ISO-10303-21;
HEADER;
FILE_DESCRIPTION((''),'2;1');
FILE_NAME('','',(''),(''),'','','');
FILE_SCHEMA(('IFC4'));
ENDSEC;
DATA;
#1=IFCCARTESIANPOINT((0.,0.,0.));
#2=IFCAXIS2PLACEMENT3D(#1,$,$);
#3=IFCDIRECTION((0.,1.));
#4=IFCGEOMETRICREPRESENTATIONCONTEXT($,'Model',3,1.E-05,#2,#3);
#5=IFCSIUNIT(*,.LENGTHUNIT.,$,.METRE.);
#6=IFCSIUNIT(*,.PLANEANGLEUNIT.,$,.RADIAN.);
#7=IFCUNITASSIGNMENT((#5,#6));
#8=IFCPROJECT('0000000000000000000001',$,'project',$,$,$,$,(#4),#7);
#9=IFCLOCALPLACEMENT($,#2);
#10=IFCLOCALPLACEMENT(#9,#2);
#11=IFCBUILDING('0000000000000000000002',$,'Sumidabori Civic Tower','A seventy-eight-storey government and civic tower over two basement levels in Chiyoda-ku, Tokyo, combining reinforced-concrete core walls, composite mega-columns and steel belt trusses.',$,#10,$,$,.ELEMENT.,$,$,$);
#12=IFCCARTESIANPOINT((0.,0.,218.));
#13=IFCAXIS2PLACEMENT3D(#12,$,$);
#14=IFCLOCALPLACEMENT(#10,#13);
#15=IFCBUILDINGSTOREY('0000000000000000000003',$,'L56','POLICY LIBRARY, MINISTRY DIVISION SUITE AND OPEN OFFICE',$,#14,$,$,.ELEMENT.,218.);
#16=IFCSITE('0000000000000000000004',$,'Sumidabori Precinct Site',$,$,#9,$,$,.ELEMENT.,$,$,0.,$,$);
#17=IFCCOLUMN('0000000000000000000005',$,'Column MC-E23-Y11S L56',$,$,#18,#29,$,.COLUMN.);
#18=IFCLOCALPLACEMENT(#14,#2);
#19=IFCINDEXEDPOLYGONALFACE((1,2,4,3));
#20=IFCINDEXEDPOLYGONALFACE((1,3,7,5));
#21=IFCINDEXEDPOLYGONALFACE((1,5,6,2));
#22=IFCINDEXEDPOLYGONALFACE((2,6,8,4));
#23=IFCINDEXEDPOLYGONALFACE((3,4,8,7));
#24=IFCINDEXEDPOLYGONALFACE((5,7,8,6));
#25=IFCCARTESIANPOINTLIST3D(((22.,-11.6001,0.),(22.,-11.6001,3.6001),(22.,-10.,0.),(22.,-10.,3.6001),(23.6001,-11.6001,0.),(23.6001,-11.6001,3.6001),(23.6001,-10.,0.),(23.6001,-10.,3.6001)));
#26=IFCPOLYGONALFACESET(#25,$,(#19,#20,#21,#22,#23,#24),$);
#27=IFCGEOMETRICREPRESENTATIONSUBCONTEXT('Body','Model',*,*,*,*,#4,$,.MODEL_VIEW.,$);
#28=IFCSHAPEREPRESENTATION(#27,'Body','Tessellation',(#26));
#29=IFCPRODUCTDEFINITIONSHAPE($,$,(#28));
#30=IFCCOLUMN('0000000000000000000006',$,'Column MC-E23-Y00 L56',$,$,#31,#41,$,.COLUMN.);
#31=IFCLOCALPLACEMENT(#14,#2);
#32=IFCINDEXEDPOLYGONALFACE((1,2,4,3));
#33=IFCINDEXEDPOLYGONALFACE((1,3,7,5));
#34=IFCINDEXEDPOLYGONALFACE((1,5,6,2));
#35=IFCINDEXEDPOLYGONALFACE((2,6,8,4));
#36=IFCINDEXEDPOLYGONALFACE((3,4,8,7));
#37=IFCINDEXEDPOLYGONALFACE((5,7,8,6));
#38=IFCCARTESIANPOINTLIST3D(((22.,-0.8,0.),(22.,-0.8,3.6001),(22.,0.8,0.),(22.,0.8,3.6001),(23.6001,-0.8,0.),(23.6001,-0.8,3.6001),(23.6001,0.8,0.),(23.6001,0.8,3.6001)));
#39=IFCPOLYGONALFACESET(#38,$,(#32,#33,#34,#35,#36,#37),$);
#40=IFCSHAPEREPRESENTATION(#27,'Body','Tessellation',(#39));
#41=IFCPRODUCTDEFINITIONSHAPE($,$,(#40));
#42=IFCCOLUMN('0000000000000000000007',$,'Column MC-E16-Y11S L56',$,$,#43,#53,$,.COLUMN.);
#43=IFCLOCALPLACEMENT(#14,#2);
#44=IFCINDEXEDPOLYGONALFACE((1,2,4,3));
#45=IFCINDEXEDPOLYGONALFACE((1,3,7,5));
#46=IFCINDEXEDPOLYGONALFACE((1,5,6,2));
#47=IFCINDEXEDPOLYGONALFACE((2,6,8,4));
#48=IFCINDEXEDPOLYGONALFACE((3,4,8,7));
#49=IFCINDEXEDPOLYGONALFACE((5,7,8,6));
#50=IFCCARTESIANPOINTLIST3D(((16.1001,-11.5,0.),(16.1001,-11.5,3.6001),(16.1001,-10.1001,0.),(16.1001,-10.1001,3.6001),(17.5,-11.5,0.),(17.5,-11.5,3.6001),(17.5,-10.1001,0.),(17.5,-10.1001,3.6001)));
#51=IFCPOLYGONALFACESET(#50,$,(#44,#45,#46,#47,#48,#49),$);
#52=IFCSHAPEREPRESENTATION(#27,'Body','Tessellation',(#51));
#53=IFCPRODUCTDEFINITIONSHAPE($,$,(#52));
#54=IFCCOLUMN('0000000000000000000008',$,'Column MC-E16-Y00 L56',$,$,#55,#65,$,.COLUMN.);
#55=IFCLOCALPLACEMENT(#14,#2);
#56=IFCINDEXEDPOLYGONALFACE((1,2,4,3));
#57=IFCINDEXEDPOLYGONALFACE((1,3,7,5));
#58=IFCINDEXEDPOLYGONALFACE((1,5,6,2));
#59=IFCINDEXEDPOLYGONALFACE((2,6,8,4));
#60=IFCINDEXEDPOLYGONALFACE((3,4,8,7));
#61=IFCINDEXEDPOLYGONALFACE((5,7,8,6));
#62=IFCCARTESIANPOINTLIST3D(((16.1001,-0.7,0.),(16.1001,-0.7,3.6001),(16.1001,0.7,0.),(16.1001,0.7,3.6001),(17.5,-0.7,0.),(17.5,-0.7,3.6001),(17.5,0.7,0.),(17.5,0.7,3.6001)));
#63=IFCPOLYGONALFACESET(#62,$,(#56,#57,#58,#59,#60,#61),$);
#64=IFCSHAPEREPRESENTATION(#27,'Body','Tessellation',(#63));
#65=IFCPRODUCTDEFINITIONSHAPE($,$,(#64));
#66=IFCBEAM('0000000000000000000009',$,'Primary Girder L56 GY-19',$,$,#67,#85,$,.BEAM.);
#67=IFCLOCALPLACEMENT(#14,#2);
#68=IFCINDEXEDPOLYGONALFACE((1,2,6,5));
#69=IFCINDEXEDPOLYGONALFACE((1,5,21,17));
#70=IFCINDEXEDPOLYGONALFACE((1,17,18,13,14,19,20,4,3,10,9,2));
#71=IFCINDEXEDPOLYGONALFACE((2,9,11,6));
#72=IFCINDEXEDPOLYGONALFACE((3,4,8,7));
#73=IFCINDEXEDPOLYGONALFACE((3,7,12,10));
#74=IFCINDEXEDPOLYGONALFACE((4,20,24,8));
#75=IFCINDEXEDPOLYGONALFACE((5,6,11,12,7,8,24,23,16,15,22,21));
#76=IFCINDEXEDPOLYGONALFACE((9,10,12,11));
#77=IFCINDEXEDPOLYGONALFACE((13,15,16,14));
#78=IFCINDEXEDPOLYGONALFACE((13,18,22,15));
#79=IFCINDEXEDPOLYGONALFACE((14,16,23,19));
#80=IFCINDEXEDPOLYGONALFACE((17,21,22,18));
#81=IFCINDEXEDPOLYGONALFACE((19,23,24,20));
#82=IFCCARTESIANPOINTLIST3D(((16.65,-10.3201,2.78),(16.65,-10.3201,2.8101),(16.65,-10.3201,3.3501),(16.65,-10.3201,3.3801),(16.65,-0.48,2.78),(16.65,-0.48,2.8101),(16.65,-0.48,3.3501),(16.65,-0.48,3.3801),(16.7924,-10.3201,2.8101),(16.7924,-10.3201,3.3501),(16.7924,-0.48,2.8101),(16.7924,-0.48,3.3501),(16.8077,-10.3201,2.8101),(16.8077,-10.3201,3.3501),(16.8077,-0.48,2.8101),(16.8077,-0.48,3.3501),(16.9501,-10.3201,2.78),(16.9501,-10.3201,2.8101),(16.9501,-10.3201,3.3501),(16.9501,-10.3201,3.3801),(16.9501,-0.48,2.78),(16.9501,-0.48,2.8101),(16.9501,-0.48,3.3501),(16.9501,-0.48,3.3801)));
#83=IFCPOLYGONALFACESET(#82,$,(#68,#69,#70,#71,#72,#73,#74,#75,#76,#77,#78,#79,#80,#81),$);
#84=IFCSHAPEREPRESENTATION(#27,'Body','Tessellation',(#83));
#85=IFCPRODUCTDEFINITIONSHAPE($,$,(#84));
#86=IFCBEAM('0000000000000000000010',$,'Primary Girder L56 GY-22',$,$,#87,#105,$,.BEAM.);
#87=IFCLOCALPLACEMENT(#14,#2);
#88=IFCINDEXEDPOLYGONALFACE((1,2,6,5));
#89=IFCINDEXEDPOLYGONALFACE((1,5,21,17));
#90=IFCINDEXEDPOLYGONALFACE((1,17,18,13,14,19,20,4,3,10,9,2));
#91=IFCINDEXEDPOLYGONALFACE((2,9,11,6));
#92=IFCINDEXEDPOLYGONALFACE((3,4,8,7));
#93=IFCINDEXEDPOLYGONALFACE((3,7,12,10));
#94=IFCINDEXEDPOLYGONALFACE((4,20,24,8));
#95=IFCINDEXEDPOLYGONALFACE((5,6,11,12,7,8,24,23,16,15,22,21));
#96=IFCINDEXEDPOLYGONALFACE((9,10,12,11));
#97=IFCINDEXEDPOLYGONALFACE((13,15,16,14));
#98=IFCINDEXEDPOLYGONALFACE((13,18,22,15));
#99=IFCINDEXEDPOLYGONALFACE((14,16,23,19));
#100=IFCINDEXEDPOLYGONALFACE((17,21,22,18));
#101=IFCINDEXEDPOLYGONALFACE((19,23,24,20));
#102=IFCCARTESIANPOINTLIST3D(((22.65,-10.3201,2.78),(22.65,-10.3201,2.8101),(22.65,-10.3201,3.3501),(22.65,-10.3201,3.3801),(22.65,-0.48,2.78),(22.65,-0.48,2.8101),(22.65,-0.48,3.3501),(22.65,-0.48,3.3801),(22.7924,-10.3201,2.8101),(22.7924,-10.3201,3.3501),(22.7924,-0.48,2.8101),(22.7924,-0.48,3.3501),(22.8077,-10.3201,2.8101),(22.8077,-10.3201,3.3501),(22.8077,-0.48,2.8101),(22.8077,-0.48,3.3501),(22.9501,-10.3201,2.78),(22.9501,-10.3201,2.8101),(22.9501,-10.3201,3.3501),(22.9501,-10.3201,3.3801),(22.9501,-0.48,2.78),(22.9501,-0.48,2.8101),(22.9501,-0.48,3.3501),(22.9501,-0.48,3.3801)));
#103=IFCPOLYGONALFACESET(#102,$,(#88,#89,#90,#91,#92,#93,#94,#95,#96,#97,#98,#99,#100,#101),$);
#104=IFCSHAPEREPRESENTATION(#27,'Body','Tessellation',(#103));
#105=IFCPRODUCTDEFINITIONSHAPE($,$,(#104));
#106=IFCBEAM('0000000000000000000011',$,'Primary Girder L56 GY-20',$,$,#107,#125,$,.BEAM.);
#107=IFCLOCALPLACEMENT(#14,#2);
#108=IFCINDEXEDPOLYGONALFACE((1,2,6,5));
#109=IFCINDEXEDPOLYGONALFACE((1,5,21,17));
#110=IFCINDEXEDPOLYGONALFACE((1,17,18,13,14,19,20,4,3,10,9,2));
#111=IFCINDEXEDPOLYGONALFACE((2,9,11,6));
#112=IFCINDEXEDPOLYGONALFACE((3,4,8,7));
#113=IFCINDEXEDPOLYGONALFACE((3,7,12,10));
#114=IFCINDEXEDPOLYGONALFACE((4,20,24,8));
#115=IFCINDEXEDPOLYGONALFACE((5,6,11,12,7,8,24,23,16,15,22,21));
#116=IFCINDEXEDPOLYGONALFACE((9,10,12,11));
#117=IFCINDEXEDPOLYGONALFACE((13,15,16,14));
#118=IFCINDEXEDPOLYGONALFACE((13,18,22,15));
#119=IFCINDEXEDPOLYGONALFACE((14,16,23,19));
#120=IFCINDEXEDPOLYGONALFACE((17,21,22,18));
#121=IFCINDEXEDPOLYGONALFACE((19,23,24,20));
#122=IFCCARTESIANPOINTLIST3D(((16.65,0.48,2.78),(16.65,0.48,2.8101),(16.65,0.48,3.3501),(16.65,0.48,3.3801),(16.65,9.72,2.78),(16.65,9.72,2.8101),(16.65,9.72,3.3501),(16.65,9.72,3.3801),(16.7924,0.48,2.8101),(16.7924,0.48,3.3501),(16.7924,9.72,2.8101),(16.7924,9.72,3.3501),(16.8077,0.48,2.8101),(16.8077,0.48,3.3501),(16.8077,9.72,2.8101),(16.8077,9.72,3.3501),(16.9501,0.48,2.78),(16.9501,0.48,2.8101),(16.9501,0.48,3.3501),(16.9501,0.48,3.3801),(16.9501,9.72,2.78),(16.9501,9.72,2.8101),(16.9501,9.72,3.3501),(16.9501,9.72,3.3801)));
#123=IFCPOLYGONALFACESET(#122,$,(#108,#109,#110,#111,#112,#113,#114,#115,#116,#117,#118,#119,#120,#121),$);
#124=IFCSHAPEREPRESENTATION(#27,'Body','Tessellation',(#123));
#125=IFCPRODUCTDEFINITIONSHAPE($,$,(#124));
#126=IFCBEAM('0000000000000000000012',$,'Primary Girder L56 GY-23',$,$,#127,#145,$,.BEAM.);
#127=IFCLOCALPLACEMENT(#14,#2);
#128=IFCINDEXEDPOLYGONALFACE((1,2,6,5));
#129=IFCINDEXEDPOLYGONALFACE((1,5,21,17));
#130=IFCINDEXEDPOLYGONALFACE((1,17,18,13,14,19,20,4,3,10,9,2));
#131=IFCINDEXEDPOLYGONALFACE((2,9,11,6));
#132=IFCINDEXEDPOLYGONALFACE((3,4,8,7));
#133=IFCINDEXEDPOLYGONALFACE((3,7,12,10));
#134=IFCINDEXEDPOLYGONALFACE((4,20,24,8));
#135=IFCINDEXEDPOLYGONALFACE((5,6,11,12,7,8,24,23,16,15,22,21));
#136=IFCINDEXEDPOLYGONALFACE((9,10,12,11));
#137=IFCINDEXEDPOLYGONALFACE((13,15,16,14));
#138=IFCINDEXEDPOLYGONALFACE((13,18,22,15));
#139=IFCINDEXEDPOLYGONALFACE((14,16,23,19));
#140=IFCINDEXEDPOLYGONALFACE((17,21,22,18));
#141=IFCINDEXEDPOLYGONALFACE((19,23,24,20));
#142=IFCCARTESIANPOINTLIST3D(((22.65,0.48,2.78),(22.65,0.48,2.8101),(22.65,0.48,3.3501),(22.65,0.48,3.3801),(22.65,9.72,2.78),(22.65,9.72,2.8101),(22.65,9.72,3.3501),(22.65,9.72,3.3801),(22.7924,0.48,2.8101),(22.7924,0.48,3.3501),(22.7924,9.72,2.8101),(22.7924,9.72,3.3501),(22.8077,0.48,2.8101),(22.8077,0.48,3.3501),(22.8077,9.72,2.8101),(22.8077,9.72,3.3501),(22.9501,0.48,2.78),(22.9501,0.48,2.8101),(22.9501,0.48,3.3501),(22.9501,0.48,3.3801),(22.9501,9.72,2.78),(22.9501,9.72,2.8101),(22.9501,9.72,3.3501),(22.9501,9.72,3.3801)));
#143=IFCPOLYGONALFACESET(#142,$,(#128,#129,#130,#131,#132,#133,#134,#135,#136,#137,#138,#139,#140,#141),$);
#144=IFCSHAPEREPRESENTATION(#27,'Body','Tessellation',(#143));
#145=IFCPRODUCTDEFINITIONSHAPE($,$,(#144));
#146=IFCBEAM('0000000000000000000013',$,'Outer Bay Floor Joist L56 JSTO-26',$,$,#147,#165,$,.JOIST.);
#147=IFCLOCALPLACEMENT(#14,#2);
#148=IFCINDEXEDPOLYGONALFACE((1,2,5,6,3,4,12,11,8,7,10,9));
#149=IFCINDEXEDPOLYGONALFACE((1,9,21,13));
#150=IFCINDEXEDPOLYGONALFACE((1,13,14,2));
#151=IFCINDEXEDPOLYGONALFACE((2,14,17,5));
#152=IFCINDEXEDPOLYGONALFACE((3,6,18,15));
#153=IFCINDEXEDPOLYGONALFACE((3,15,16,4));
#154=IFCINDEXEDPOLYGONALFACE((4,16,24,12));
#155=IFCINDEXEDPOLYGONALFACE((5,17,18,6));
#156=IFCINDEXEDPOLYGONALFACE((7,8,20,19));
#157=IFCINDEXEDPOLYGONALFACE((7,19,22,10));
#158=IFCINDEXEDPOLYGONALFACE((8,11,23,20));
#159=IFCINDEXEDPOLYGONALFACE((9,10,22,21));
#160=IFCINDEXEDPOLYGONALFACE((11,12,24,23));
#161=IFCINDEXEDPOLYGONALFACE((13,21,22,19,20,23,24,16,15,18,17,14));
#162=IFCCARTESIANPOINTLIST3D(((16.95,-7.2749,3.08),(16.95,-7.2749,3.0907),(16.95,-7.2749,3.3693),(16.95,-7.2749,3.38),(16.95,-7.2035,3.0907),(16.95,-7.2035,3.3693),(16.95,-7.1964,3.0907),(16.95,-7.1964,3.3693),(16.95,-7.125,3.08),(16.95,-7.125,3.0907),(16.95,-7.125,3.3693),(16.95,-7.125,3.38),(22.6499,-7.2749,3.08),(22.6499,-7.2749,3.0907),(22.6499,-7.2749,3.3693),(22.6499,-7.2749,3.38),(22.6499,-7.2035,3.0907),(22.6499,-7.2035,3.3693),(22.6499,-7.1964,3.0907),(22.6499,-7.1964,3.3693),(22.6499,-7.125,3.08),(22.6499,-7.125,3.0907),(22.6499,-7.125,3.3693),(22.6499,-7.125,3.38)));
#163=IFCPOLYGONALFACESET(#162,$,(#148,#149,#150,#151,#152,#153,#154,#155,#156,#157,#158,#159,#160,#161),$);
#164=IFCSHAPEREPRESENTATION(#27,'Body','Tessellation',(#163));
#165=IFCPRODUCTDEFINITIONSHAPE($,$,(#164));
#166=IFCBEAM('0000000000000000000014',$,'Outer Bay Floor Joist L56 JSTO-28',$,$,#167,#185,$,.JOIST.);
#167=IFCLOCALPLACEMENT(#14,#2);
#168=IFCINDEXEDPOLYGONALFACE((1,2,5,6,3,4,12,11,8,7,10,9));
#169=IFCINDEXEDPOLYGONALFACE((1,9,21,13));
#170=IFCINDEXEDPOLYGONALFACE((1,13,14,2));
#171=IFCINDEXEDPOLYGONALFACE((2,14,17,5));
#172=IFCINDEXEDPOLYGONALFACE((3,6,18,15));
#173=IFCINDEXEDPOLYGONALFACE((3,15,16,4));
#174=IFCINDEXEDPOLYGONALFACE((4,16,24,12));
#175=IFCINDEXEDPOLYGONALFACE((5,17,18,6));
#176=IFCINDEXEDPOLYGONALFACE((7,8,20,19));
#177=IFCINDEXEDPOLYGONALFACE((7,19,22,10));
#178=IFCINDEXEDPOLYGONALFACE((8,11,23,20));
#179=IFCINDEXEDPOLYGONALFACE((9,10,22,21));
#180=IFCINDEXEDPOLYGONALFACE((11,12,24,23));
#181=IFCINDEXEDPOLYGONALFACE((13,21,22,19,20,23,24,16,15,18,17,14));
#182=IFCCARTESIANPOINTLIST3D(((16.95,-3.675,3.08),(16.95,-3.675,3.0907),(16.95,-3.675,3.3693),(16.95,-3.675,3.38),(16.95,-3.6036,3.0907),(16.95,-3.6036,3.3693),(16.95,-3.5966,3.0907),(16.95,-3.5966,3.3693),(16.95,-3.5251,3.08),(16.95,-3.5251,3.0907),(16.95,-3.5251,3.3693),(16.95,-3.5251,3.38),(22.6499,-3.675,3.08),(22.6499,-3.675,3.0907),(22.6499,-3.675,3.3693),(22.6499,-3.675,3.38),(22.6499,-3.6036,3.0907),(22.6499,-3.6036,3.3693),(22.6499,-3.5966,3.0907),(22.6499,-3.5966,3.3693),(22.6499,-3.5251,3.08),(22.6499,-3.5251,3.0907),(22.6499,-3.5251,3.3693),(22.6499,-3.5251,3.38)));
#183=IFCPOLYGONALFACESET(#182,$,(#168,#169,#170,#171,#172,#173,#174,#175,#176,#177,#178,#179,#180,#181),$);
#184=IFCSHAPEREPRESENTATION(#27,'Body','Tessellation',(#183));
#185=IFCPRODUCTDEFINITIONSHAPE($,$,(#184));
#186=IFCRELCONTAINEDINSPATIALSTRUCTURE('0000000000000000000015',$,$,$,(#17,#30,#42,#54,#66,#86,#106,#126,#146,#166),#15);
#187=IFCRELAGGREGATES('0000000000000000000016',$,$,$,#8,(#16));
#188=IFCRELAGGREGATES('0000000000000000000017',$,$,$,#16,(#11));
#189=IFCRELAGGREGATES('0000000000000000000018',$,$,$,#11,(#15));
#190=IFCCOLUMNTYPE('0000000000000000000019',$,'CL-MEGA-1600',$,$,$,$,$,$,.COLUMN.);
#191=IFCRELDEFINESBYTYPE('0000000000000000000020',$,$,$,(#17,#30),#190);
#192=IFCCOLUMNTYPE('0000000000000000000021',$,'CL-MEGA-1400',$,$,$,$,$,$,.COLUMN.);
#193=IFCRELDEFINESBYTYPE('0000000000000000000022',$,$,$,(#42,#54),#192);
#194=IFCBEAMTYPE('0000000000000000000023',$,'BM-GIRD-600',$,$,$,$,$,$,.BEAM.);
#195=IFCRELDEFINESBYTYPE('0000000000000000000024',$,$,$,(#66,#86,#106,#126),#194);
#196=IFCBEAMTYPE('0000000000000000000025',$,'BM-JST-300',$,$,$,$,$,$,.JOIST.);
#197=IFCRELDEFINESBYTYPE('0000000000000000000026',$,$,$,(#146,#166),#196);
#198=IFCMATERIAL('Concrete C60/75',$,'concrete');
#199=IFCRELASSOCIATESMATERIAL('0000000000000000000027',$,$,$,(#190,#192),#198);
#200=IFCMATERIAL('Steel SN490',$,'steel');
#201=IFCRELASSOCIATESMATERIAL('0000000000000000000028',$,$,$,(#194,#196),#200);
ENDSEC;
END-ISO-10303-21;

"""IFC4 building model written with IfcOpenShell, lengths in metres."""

from ifc_helpers import new_model, si_unit, direction, frame, origin, origin_2d, place, context, subcontext, project, spatial, rectangle, i_section, extrude, source, transform, mapped, material, material_profile, profile_set, type_object, element, save


model = new_model("IFC4")

# Units and contexts
model_context = context("Model", 3, precision=1e-05, world=origin(), true_north=direction((0.0, 1.0)))
body_context = subcontext(model_context, "Body", "Model", "MODEL_VIEW")
ifc_project = project(units=[si_unit("LENGTHUNIT", "METRE"), si_unit("PLANEANGLEUNIT", "RADIAN")], contexts=[model_context])

# Site, building, storey
site_placement = place(None, origin())
site = spatial("IfcSite", under=ifc_project, at=site_placement, Name="Sumidabori Precinct Site", CompositionType="ELEMENT", RefElevation=0.0)
building_placement = place(site_placement, origin())
building = spatial("IfcBuilding", under=site, at=building_placement, Name="Sumidabori Civic Tower", Description="A seventy-eight-storey government and civic tower over two basement levels in Chiyoda-ku, Tokyo, combining reinforced-concrete core walls, composite mega-columns and steel belt trusses.", CompositionType="ELEMENT")
storey_placement = place(building_placement, frame((0.0, 0.0, 218.0)))
storey = spatial("IfcBuildingStorey", under=building, at=storey_placement, Name="L56", Description="POLICY LIBRARY, MINISTRY DIVISION SUITE AND OPEN OFFICE", CompositionType="ELEMENT", Elevation=218.0)

# Columns
ifc_material_1 = material(Name="Concrete C60/75", Category="concrete")
ifc_material_profile_1 = material_profile(ifc_material_1, rectangle(XDim=1.6001, YDim=1.6001, at=origin_2d()), Name="RC 1600x1600")
ifc_profile_set_1 = profile_set([ifc_material_profile_1], Name="Concrete C60/75")
column_type_1 = type_object("IfcColumnType", Name="CL-MEGA-1600", PredefinedType="COLUMN", material=ifc_profile_set_1)
shared_shape_1 = source(origin(), body_context, "Body", "SweptSolid", [
    extrude(rectangle(XDim=1.6001, YDim=1.6001, at=origin_2d()), origin(), (0.0, 0.0, 1.0), 3.6001),
])
for number, where, z_axis, x_axis, name in (
    (1, (22.8, -10.8, 0.0), (0.0, 0.0, 1.0), (1.0, 0.0, 0.0), "Column MC-E23-Y11S L56"),
    (2, (22.8, 0.0, 0.0), (0.0, 0.0, 1.0), (1.0, 0.0, 0.0), "Column MC-E23-Y00 L56"),
):
    element("IfcColumn", number, at=place(storey_placement, frame(where, z_axis=z_axis, x_axis=x_axis)), inside=storey, type_object=column_type_1, Name=name, PredefinedType="COLUMN", context=body_context, shape_type="MappedRepresentation", body=[
        mapped(shared_shape_1, transform((0.0, 0.0, 0.0), x_axis=(1.0, 0.0, 0.0), y_axis=(0.0, 1.0, 0.0), z_axis=(0.0, 0.0, 1.0), scale=1.0)),
    ])
ifc_material_profile_2 = material_profile(ifc_material_1, rectangle(XDim=1.3999, YDim=1.3999, at=origin_2d()), Name="RC 1400x1400")
ifc_profile_set_2 = profile_set([ifc_material_profile_2], Name="Concrete C60/75")
column_type_2 = type_object("IfcColumnType", Name="CL-MEGA-1400", PredefinedType="COLUMN", material=ifc_profile_set_2)
shared_shape_2 = source(origin(), body_context, "Body", "SweptSolid", [
    extrude(rectangle(XDim=1.3999, YDim=1.3999, at=origin_2d()), origin(), (0.0, 0.0, 1.0), 3.6001),
])
for number, where, z_axis, x_axis, name in (
    (3, (16.8, -10.8, 0.0), (0.0, 0.0, 1.0), (1.0, 0.0, 0.0), "Column MC-E16-Y11S L56"),
    (4, (16.8, 0.0, 0.0), (0.0, 0.0, 1.0), (1.0, 0.0, 0.0), "Column MC-E16-Y00 L56"),
):
    element("IfcColumn", number, at=place(storey_placement, frame(where, z_axis=z_axis, x_axis=x_axis)), inside=storey, type_object=column_type_2, Name=name, PredefinedType="COLUMN", context=body_context, shape_type="MappedRepresentation", body=[
        mapped(shared_shape_2, transform((0.0, 0.0, 0.0), x_axis=(1.0, 0.0, 0.0), y_axis=(0.0, 1.0, 0.0), z_axis=(0.0, 0.0, 1.0), scale=1.0)),
    ])

# Beams
ifc_material_2 = material(Name="Steel SN490", Category="steel")
ifc_material_profile_3 = material_profile(ifc_material_2, i_section(OverallWidth=0.3, OverallDepth=0.6001, WebThickness=0.0154, FlangeThickness=0.03, at=origin_2d()), Name="HE 600 B")
ifc_profile_set_3 = profile_set([ifc_material_profile_3], Name="Steel SN490")
beam_type_1 = type_object("IfcBeamType", Name="BM-GIRD-600", PredefinedType="BEAM", material=ifc_profile_set_3)
shared_shape_3 = source(origin(), body_context, "Body", "SweptSolid", [
    extrude(i_section(OverallWidth=0.3, OverallDepth=0.6001, WebThickness=0.0154, FlangeThickness=0.03, at=origin_2d()), origin(), (0.0, 0.0, 1.0), 9.8401),
])
for number, where, z_axis, x_axis, name in (
    (5, (16.8, -10.3201, 3.0801), (0.0, 1.0, 0.0), (-1.0, 0.0, 0.0), "Primary Girder L56 GY-19"),
    (6, (22.8, -10.3201, 3.0801), (0.0, 1.0, 0.0), (-1.0, 0.0, 0.0), "Primary Girder L56 GY-22"),
):
    element("IfcBeam", number, at=place(storey_placement, frame(where, z_axis=z_axis, x_axis=x_axis)), inside=storey, type_object=beam_type_1, Name=name, PredefinedType="BEAM", context=body_context, shape_type="MappedRepresentation", body=[
        mapped(shared_shape_3, transform((0.0, 0.0, 0.0), x_axis=(1.0, 0.0, 0.0), y_axis=(0.0, 1.0, 0.0), z_axis=(0.0, 0.0, 1.0), scale=1.0)),
    ])
shared_shape_4 = source(origin(), body_context, "Body", "SweptSolid", [
    extrude(i_section(OverallWidth=0.3, OverallDepth=0.6001, WebThickness=0.0154, FlangeThickness=0.03, at=origin_2d()), origin(), (0.0, 0.0, 1.0), 9.24),
])
for number, where, z_axis, x_axis, name in (
    (7, (16.8, 0.48, 3.0801), (0.0, 1.0, 0.0), (-1.0, 0.0, 0.0), "Primary Girder L56 GY-20"),
    (8, (22.8, 0.48, 3.0801), (0.0, 1.0, 0.0), (-1.0, 0.0, 0.0), "Primary Girder L56 GY-23"),
):
    element("IfcBeam", number, at=place(storey_placement, frame(where, z_axis=z_axis, x_axis=x_axis)), inside=storey, type_object=beam_type_1, Name=name, PredefinedType="BEAM", context=body_context, shape_type="MappedRepresentation", body=[
        mapped(shared_shape_4, transform((0.0, 0.0, 0.0), x_axis=(1.0, 0.0, 0.0), y_axis=(0.0, 1.0, 0.0), z_axis=(0.0, 0.0, 1.0), scale=1.0)),
    ])
ifc_material_profile_4 = material_profile(ifc_material_2, i_section(OverallWidth=0.1499, OverallDepth=0.3, WebThickness=0.0071, FlangeThickness=0.0107, at=origin_2d()), Name="IPE 300")
ifc_profile_set_4 = profile_set([ifc_material_profile_4], Name="Steel SN490")
beam_type_2 = type_object("IfcBeamType", Name="BM-JST-300", PredefinedType="JOIST", material=ifc_profile_set_4)
shared_shape_5 = source(origin(), body_context, "Body", "SweptSolid", [
    extrude(i_section(OverallWidth=0.1499, OverallDepth=0.3, WebThickness=0.0071, FlangeThickness=0.0107, at=origin_2d()), origin(), (0.0, 0.0, 1.0), 5.7),
])
for number, where, z_axis, x_axis, name in (
    (9, (16.95, -7.2, 3.23), (1.0, 0.0, 0.0), (0.0, 1.0, 0.0), "Outer Bay Floor Joist L56 JSTO-26"),
    (10, (16.95, -3.6001, 3.23), (1.0, 0.0, 0.0), (0.0, 1.0, 0.0), "Outer Bay Floor Joist L56 JSTO-28"),
):
    element("IfcBeam", number, at=place(storey_placement, frame(where, z_axis=z_axis, x_axis=x_axis)), inside=storey, type_object=beam_type_2, Name=name, PredefinedType="JOIST", context=body_context, shape_type="MappedRepresentation", body=[
        mapped(shared_shape_5, transform((0.0, 0.0, 0.0), x_axis=(1.0, 0.0, 0.0), y_axis=(0.0, 1.0, 0.0), z_axis=(0.0, 0.0, 1.0), scale=1.0)),
    ])

save(model, "model.ifc")
